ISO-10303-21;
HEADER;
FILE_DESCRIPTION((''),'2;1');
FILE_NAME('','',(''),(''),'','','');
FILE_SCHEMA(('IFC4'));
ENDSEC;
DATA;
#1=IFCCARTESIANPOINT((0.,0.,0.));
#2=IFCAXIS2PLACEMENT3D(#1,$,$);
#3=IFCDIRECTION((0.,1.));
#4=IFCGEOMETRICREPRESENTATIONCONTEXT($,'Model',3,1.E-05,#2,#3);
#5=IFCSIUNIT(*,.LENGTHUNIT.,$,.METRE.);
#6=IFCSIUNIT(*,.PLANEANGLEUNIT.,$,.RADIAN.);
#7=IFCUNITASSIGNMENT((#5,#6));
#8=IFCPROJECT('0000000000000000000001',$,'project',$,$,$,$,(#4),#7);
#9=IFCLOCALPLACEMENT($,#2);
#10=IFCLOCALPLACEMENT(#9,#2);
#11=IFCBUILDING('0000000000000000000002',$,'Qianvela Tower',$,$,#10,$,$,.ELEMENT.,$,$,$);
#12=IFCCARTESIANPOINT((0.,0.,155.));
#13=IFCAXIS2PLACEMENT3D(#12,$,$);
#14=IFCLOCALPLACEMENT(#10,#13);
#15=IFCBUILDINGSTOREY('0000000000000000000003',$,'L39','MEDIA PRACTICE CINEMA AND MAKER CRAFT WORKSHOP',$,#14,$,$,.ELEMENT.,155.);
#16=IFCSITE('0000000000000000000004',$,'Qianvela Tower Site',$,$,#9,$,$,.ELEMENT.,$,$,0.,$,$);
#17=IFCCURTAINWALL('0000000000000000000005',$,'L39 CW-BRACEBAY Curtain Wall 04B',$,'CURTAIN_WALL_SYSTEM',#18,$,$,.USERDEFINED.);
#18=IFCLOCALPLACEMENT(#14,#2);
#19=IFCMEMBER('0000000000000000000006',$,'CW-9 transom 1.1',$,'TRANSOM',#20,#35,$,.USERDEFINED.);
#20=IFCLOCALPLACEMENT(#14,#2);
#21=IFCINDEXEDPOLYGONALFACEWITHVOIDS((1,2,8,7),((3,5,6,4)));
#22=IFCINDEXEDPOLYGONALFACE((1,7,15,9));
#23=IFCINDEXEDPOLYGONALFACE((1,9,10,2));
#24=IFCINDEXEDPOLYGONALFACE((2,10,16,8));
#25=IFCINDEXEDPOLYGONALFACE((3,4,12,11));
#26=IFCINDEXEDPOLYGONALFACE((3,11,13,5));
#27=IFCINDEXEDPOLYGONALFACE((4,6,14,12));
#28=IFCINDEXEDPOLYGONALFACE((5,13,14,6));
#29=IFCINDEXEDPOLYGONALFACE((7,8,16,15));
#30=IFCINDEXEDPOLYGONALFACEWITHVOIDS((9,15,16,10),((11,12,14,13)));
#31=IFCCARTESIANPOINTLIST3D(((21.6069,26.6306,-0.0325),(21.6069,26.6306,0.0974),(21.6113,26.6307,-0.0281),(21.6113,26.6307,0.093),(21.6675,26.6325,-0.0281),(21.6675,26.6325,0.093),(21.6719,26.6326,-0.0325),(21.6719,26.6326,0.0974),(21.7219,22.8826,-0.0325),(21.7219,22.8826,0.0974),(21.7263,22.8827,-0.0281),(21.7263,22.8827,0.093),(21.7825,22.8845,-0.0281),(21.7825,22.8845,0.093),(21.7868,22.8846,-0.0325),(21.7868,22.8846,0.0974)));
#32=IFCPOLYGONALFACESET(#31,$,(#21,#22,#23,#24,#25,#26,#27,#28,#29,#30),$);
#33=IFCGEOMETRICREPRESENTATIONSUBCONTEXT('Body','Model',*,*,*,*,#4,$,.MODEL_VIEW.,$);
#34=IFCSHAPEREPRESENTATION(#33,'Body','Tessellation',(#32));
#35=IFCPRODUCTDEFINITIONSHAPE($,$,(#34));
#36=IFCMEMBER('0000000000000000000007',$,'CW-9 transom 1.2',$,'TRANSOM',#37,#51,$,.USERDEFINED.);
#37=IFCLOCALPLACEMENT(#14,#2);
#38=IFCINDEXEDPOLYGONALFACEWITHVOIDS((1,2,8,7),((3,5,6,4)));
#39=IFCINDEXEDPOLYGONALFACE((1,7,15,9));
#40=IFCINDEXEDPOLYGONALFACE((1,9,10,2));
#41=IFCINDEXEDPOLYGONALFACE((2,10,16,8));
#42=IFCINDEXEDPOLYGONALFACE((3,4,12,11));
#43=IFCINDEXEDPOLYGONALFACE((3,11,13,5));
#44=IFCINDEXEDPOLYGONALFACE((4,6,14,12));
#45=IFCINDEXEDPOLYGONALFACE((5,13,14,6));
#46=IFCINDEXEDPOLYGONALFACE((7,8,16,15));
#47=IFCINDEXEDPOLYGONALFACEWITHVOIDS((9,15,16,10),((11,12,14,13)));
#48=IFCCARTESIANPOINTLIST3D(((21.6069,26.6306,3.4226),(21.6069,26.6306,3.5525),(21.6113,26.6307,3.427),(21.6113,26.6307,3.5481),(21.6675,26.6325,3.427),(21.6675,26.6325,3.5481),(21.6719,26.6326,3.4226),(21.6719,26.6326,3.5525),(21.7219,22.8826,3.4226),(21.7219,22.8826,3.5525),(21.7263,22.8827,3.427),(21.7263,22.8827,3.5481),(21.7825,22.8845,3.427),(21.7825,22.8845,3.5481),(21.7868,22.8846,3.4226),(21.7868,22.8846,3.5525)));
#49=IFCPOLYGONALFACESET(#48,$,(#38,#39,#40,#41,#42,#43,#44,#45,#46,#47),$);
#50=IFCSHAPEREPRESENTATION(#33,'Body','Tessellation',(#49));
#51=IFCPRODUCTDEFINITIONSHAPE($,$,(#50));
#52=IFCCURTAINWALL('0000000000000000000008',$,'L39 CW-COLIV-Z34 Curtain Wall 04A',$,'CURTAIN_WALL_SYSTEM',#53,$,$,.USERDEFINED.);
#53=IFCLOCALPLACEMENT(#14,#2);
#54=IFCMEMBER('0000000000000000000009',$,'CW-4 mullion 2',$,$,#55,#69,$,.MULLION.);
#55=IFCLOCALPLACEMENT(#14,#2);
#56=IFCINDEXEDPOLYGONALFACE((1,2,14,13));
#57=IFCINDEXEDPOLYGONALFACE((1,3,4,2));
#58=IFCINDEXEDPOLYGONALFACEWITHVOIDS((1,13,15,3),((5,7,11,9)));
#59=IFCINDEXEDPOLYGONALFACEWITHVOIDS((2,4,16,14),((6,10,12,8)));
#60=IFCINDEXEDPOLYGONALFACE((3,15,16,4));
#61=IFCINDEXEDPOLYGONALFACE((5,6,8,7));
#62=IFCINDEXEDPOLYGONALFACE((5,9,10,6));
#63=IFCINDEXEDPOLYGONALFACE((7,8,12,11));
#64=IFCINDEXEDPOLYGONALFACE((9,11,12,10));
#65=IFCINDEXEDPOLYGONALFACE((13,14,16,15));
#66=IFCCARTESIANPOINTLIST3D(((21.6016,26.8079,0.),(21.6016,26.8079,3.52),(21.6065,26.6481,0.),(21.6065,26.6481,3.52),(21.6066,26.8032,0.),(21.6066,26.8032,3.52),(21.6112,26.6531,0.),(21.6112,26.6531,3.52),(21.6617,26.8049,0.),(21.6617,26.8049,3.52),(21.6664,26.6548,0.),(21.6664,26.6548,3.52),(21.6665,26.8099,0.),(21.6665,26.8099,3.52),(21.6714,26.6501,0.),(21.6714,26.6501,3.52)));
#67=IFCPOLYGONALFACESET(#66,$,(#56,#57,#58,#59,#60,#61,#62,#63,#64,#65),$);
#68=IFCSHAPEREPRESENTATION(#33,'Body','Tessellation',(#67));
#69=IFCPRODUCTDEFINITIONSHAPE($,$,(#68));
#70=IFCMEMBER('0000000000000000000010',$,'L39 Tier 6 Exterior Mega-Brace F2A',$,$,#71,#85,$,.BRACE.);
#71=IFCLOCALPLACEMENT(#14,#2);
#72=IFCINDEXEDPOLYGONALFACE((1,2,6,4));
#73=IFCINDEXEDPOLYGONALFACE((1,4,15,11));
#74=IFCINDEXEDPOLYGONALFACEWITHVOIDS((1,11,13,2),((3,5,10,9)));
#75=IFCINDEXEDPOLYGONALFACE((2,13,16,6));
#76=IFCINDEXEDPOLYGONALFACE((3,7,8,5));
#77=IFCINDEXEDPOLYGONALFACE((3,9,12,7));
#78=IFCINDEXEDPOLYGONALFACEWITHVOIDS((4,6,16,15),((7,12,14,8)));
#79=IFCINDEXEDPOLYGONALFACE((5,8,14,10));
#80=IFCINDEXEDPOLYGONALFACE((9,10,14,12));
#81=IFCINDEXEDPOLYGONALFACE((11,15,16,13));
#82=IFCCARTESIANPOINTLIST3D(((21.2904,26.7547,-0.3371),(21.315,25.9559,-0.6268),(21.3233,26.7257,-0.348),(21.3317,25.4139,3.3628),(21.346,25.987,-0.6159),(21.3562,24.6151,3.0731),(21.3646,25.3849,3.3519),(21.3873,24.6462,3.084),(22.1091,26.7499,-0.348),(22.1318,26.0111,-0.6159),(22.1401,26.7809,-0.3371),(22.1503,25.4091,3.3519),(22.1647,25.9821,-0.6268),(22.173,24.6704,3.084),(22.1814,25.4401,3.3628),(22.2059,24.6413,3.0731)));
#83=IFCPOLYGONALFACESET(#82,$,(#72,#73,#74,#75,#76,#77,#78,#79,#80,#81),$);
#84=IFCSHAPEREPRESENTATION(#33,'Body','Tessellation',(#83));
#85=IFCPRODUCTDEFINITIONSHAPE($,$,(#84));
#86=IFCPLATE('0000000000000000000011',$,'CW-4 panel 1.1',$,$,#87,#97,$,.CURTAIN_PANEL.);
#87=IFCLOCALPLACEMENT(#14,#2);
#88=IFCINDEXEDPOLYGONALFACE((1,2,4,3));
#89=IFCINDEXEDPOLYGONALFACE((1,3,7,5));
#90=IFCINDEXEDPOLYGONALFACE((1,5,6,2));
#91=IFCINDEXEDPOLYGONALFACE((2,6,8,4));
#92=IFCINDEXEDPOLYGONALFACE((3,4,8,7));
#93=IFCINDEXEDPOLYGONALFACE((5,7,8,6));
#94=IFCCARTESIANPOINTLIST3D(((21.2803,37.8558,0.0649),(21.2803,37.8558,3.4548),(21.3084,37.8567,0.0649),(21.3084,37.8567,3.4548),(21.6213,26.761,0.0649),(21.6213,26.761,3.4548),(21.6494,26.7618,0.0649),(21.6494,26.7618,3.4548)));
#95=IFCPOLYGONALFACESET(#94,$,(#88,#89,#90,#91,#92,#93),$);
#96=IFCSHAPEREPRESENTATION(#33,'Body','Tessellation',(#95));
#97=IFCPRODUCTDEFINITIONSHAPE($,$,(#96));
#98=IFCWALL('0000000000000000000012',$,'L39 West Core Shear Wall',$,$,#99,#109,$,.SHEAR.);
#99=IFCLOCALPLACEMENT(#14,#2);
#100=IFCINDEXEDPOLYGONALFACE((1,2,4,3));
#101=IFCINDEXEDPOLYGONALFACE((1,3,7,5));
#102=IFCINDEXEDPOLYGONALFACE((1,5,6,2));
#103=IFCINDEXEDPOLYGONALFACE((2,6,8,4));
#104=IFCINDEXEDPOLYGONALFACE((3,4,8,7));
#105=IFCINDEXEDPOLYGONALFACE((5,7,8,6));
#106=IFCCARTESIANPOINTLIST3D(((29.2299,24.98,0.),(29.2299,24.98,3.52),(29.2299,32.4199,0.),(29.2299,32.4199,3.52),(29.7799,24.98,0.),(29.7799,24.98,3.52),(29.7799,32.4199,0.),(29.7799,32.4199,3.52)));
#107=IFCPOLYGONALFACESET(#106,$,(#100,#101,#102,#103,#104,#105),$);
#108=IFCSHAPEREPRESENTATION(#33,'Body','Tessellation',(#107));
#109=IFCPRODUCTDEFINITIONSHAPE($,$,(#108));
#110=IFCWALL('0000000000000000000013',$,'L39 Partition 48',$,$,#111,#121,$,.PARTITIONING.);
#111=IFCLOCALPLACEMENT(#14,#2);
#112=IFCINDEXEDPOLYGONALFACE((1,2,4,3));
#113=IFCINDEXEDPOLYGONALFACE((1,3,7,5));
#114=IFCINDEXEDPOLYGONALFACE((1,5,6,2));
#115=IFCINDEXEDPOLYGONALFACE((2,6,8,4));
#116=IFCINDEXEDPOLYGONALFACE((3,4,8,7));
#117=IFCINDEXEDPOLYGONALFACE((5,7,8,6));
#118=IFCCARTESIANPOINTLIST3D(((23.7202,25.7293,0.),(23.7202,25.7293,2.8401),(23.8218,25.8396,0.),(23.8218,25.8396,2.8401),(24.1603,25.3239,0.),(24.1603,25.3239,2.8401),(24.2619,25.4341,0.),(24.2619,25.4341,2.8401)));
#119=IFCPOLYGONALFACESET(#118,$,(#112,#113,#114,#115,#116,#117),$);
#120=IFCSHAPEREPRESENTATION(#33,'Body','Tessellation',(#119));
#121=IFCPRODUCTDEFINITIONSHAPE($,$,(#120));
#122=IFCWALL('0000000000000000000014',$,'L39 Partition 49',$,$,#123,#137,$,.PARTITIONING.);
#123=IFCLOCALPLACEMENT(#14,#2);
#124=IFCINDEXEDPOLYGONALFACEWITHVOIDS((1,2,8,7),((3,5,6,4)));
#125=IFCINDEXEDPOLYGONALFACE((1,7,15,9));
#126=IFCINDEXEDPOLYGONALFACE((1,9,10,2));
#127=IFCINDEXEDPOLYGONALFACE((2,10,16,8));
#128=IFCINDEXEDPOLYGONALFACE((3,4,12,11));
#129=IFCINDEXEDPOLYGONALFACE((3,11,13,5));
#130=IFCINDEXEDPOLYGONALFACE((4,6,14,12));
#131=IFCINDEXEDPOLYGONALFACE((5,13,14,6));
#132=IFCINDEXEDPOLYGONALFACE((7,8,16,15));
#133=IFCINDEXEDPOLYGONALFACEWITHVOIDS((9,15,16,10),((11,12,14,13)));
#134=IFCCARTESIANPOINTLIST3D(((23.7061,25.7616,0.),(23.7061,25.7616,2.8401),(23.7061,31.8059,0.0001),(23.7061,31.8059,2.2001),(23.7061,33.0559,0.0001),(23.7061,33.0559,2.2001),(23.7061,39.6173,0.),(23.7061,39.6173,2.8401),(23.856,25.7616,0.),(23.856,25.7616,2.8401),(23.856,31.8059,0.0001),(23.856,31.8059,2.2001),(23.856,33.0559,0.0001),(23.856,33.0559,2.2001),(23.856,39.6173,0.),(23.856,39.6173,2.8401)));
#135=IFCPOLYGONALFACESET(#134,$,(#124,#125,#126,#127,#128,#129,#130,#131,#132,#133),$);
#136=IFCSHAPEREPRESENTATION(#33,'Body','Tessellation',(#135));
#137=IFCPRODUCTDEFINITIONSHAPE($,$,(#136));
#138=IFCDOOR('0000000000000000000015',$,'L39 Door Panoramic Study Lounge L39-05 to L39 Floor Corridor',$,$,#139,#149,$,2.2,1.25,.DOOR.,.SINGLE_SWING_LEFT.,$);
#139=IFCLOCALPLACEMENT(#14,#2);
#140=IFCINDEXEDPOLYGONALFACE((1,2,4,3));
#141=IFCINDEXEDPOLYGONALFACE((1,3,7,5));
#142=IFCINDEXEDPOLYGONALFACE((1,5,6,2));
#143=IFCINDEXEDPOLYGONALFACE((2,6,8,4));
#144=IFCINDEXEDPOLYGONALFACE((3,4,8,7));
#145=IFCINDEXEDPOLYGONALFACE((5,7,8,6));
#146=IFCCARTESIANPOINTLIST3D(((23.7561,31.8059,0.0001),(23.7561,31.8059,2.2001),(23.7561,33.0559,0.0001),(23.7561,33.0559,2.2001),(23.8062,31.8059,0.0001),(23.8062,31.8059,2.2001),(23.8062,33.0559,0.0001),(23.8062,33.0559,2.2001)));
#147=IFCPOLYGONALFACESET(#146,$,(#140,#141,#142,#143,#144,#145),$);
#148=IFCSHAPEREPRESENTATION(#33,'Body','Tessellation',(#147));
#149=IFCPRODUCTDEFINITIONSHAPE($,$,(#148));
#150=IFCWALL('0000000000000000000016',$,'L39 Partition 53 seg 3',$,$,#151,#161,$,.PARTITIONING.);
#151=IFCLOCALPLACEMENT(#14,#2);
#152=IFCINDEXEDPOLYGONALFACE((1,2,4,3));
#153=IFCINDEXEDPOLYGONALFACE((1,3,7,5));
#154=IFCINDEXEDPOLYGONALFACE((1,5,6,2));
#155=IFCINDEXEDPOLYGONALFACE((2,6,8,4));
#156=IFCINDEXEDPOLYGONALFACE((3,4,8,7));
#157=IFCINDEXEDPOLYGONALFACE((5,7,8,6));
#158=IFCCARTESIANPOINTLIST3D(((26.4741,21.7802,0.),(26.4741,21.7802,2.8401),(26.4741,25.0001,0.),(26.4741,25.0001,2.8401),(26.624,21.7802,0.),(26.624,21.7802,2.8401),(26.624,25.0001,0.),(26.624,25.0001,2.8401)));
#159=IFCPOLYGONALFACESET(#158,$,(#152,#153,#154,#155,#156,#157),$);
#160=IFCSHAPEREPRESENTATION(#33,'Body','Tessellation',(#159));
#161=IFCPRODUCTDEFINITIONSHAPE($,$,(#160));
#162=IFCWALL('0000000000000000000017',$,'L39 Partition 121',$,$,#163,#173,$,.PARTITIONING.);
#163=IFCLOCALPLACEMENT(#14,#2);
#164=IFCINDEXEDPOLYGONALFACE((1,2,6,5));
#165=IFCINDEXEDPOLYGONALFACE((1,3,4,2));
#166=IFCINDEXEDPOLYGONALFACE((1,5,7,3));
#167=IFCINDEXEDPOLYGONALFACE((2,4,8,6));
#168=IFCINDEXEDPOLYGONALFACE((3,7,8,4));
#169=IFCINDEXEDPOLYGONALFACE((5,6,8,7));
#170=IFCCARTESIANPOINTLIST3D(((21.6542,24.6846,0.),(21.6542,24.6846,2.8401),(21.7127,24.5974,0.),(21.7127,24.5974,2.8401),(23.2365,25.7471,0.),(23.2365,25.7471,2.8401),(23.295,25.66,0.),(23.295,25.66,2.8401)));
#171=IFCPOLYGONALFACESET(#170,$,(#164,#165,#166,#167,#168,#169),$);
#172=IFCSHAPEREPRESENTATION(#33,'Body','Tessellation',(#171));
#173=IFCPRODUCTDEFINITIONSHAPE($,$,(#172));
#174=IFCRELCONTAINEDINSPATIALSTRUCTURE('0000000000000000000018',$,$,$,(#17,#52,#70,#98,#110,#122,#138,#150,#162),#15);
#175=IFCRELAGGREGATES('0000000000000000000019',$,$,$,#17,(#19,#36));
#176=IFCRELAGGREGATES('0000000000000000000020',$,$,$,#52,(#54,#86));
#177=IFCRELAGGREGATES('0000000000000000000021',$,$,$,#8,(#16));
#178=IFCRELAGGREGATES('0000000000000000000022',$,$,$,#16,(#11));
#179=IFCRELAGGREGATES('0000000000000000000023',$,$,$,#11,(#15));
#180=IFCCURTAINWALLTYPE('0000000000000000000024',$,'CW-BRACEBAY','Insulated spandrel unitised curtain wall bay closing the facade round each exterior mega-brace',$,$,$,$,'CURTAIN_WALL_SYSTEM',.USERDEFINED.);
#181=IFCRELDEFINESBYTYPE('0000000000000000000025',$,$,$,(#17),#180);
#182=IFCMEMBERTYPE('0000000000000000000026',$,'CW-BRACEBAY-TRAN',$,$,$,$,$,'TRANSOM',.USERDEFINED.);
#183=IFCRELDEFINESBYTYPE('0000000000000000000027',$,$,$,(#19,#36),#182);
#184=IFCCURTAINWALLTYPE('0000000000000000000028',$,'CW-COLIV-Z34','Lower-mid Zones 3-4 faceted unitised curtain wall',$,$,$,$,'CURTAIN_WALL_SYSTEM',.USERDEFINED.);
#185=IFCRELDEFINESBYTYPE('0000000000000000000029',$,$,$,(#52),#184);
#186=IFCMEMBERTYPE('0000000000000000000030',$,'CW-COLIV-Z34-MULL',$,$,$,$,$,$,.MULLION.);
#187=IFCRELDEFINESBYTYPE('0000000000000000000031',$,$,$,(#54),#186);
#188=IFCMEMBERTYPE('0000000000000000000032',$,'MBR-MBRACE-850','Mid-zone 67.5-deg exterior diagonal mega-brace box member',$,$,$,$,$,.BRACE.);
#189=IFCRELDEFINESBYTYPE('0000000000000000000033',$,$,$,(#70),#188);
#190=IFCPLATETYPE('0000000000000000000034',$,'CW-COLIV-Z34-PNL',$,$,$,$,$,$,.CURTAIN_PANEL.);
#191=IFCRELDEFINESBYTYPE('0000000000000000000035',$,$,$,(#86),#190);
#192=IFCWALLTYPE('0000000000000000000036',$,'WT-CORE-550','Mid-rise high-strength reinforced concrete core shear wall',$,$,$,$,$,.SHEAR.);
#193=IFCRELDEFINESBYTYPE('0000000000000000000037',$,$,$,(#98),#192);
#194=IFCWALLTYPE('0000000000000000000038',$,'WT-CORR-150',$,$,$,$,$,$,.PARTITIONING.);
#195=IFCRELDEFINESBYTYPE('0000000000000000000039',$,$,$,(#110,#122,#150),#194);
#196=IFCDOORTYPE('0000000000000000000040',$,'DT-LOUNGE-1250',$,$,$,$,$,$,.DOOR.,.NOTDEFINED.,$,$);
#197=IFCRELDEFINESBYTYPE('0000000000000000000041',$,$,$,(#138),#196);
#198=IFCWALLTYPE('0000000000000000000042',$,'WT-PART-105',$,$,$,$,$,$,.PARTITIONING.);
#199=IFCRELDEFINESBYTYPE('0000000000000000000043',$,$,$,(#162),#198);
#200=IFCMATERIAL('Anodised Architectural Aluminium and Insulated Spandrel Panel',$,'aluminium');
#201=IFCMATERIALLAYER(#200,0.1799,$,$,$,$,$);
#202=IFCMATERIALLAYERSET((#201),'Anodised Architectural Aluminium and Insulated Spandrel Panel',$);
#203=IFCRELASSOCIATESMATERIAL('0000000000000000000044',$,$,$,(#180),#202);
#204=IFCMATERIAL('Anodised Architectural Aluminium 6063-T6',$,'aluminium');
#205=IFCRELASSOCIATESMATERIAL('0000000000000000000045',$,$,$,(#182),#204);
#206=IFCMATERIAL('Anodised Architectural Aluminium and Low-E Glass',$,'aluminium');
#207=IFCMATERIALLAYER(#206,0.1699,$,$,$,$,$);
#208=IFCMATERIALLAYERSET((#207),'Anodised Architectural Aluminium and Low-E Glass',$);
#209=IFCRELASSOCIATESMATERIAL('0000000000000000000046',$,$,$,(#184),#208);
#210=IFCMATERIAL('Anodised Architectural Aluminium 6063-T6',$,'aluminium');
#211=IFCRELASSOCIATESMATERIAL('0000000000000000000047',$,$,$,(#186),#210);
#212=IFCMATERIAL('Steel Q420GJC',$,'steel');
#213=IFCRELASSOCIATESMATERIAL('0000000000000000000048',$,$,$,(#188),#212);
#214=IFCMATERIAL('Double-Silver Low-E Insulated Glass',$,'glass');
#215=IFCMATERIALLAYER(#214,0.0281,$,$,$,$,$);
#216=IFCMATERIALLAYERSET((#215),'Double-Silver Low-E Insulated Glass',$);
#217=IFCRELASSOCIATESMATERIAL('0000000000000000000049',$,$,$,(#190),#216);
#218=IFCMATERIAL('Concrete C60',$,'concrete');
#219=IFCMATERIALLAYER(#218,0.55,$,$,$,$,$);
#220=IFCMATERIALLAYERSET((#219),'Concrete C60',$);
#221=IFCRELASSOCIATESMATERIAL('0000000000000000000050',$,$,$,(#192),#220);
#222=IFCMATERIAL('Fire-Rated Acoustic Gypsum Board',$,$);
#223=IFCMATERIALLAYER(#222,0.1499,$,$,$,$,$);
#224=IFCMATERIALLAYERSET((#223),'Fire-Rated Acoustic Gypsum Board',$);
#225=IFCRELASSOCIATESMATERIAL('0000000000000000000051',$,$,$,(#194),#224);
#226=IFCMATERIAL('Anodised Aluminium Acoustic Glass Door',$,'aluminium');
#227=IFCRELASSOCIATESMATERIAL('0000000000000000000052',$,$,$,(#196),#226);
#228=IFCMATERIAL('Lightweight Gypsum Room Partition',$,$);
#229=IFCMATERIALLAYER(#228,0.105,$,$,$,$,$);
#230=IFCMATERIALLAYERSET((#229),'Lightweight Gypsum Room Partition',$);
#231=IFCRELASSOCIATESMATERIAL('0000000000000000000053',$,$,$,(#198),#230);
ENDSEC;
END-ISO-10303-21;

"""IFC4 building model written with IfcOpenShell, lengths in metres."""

from ifc_helpers import new_model, si_unit, direction, frame, frame_2d, origin, origin_2d, place, context, subcontext, project, spatial, rectangle, hollow_rectangle, extrude, material, layer, layer_set, material_profile, profile_set, type_object, element, fill, aggregate, save


model = new_model("IFC4")

# Units and contexts
model_context = context("Model", 3, precision=1e-05, world=origin(), true_north=direction((0.0, 1.0)))
body_context = subcontext(model_context, "Body", "Model", "MODEL_VIEW")
ifc_project = project(units=[si_unit("LENGTHUNIT", "METRE"), si_unit("PLANEANGLEUNIT", "RADIAN")], contexts=[model_context])

# Site, building, storey
site_placement = place(None, origin())
site = spatial("IfcSite", under=ifc_project, at=site_placement, Name="Qianvela Tower Site", CompositionType="ELEMENT", RefElevation=0.0)
building_placement = place(site_placement, origin())
building = spatial("IfcBuilding", under=site, at=building_placement, Name="Qianvela Tower", CompositionType="ELEMENT")
storey_placement = place(building_placement, frame((0.0, 0.0, 155.0)))
storey = spatial("IfcBuildingStorey", under=building, at=storey_placement, Name="L39", Description="MEDIA PRACTICE CINEMA AND MAKER CRAFT WORKSHOP", CompositionType="ELEMENT", Elevation=155.0)

# Curtain wall, members
ifc_material_1 = material(Name="Anodised Architectural Aluminium and Insulated Spandrel Panel", Category="aluminium")
ifc_layer_1 = layer(ifc_material_1, 0.1799)
ifc_layer_set_1 = layer_set([ifc_layer_1], Name="Anodised Architectural Aluminium and Insulated Spandrel Panel")
curtain_wall_type_1 = type_object("IfcCurtainWallType", Name="CW-BRACEBAY", Description="Insulated spandrel unitised curtain wall bay closing the facade round each exterior mega-brace", ElementType="CURTAIN_WALL_SYSTEM", PredefinedType="USERDEFINED", material=ifc_layer_set_1)
curtain_wall_1_placement = place(storey_placement, origin())
curtain_wall_1 = element("IfcCurtainWall", 1, at=curtain_wall_1_placement, inside=storey, type_object=curtain_wall_type_1, Name="L39 CW-BRACEBAY Curtain Wall 04B", ObjectType="CURTAIN_WALL_SYSTEM", PredefinedType="USERDEFINED")
ifc_material_2 = material(Name="Anodised Architectural Aluminium 6063-T6", Category="aluminium")
ifc_material_profile_1 = material_profile(ifc_material_2, hollow_rectangle(XDim=0.0649, YDim=0.1299, WallThickness=0.0044, at=origin_2d()), Name="ALU-TRAN-65x130")
ifc_profile_set_1 = profile_set([ifc_material_profile_1], Name="Anodised Architectural Aluminium 6063-T6")
member_type_1 = type_object("IfcMemberType", Name="CW-BRACEBAY-TRAN", ElementType="TRANSOM", PredefinedType="USERDEFINED", material=ifc_profile_set_1)
member_1_placement = place(storey_placement, frame((21.6394, 26.6316, 0.0325), z_axis=(0.030666, -0.99953, 0.0), x_axis=(0.99953, 0.030666, 0.0)))
member_1 = element("IfcMember", 2, at=member_1_placement, type_object=member_type_1, Name="CW-9 transom 1.1", ObjectType="TRANSOM", PredefinedType="USERDEFINED", context=body_context, shape_type="SweptSolid", body=[
    extrude(hollow_rectangle(XDim=0.0649, YDim=0.1299, WallThickness=0.0044, at=origin_2d()), origin(), (0.0, 0.0, 1.0), 3.7498),
])
member_2_placement = place(storey_placement, frame((21.6394, 26.6316, 3.4875), z_axis=(0.030666, -0.99953, 0.0), x_axis=(0.99953, 0.030666, 0.0)))
member_2 = element("IfcMember", 3, at=member_2_placement, type_object=member_type_1, Name="CW-9 transom 1.2", ObjectType="TRANSOM", PredefinedType="USERDEFINED", context=body_context, shape_type="SweptSolid", body=[
    extrude(hollow_rectangle(XDim=0.0649, YDim=0.1299, WallThickness=0.0044, at=origin_2d()), origin(), (0.0, 0.0, 1.0), 3.7498),
])
aggregate(curtain_wall_1, [member_1, member_2])

# Curtain wall, member
ifc_material_3 = material(Name="Anodised Architectural Aluminium and Low-E Glass", Category="aluminium")
ifc_layer_2 = layer(ifc_material_3, 0.1699)
ifc_layer_set_2 = layer_set([ifc_layer_2], Name="Anodised Architectural Aluminium and Low-E Glass")
curtain_wall_type_2 = type_object("IfcCurtainWallType", Name="CW-COLIV-Z34", Description="Lower-mid Zones 3-4 faceted unitised curtain wall", ElementType="CURTAIN_WALL_SYSTEM", PredefinedType="USERDEFINED", material=ifc_layer_set_2)
curtain_wall_2_placement = place(storey_placement, origin())
curtain_wall_2 = element("IfcCurtainWall", 4, at=curtain_wall_2_placement, inside=storey, type_object=curtain_wall_type_2, Name="L39 CW-COLIV-Z34 Curtain Wall 04A", ObjectType="CURTAIN_WALL_SYSTEM", PredefinedType="USERDEFINED")
ifc_material_4 = material(Name="Anodised Architectural Aluminium 6063-T6", Category="aluminium")
ifc_material_profile_2 = material_profile(ifc_material_4, hollow_rectangle(XDim=0.0649, YDim=0.1599, WallThickness=0.0049, at=origin_2d()), Name="ALU-MULL-65x160")
ifc_profile_set_2 = profile_set([ifc_material_profile_2], Name="Anodised Architectural Aluminium 6063-T6")
member_type_2 = type_object("IfcMemberType", Name="CW-COLIV-Z34-MULL", PredefinedType="MULLION", material=ifc_profile_set_2)
member_3_placement = place(storey_placement, frame((21.6365, 26.729, 0.0), z_axis=(0.0, 0.0, 1.0), x_axis=(0.999528, 0.030721, 0.0)))
member_3 = element("IfcMember", 5, at=member_3_placement, type_object=member_type_2, Name="CW-4 mullion 2", PredefinedType="MULLION", context=body_context, shape_type="SweptSolid", body=[
    extrude(hollow_rectangle(XDim=0.0649, YDim=0.1599, WallThickness=0.0049, at=origin_2d()), origin(), (0.0, 0.0, 1.0), 3.52),
])

# Member
ifc_material_5 = material(Name="Steel Q420GJC", Category="steel")
ifc_material_profile_3 = material_profile(ifc_material_5, hollow_rectangle(XDim=0.8501, YDim=0.8501, WallThickness=0.032, at=origin_2d()), Name="MBOX-850x850x32")
ifc_profile_set_3 = profile_set([ifc_material_profile_3], Name="Steel Q420GJC")
member_type_3 = type_object("IfcMemberType", Name="MBR-MBRACE-850", Description="Mid-zone 67.5-deg exterior diagonal mega-brace box member", PredefinedType="BRACE", material=ifc_profile_set_3)
member_4_placement = place(storey_placement, frame((21.7275, 26.3684, -0.4819), z_axis=(0.010484, -0.340688, 0.940118), x_axis=(0.999527, 0.030757, 0.0)))
element("IfcMember", 6, at=member_4_placement, inside=storey, type_object=member_type_3, Name="L39 Tier 6 Exterior Mega-Brace F2A", PredefinedType="BRACE", context=body_context, shape_type="SweptSolid", body=[
    extrude(hollow_rectangle(XDim=0.8501, YDim=0.8501, WallThickness=0.032, at=origin_2d()), origin(), (0.0, 0.0, 1.0), 3.9355),
])

# Plate
ifc_material_6 = material(Name="Double-Silver Low-E Insulated Glass", Category="glass")
ifc_layer_3 = layer(ifc_material_6, 0.0281)
ifc_layer_set_3 = layer_set([ifc_layer_3], Name="Double-Silver Low-E Insulated Glass")
plate_type = type_object("IfcPlateType", Name="CW-COLIV-Z34-PNL", PredefinedType="CURTAIN_PANEL", material=ifc_layer_set_3)
plate_placement = place(storey_placement, frame((21.4648, 32.3088, 0.0649), z_axis=(0.0, 0.0, 1.0), x_axis=(0.030721, -0.999528, 0.0)))
plate = element("IfcPlate", 7, at=plate_placement, type_object=plate_type, Name="CW-4 panel 1.1", PredefinedType="CURTAIN_PANEL", context=body_context, shape_type="SweptSolid", body=[
    extrude(rectangle(XDim=11.1001, YDim=0.0281, at=origin_2d()), origin(), (0.0, 0.0, 1.0), 3.3899),
])
aggregate(curtain_wall_2, [member_3, plate])

# Walls
ifc_material_7 = material(Name="Concrete C60", Category="concrete")
ifc_layer_4 = layer(ifc_material_7, 0.55)
ifc_layer_set_4 = layer_set([ifc_layer_4], Name="Concrete C60")
wall_type_1 = type_object("IfcWallType", Name="WT-CORE-550", Description="Mid-rise high-strength reinforced concrete core shear wall", PredefinedType="SHEAR", material=ifc_layer_set_4)
wall_1_placement = place(storey_placement, frame((29.5049, 24.98, 0.0), z_axis=(0.0, 0.0, 1.0), x_axis=(0.0, 1.0, 0.0)))
element("IfcWall", 8, at=wall_1_placement, inside=storey, type_object=wall_type_1, Name="L39 West Core Shear Wall", PredefinedType="SHEAR", context=body_context, shape_type="SweptSolid", body=[
    extrude(rectangle(XDim=7.4399, YDim=0.55, at=frame_2d((3.72, 0.0))), origin(), (0.0, 0.0, 1.0), 3.52),
])
ifc_material_8 = material(Name="Fire-Rated Acoustic Gypsum Board")
ifc_layer_5 = layer(ifc_material_8, 0.1499)
ifc_layer_set_5 = layer_set([ifc_layer_5], Name="Fire-Rated Acoustic Gypsum Board")
wall_type_2 = type_object("IfcWallType", Name="WT-CORR-150", PredefinedType="PARTITIONING", material=ifc_layer_set_5)
wall_2_placement = place(storey_placement, frame((24.2112, 25.3789, 0.0), z_axis=(0.0, 0.0, 1.0), x_axis=(-0.735476, 0.677551, 0.0)))
element("IfcWall", 9, at=wall_2_placement, inside=storey, type_object=wall_type_2, Name="L39 Partition 48", PredefinedType="PARTITIONING", context=body_context, shape_type="SweptSolid", body=[
    extrude(rectangle(XDim=0.5984, YDim=0.1499, at=frame_2d((0.2993, 0.0))), origin(), (0.0, 0.0, 1.0), 2.8401),
])

# Wall, opening, door
wall_3_placement = place(storey_placement, frame((23.781, 25.7617, 0.0), z_axis=(0.0, 0.0, 1.0), x_axis=(0.0, 1.0, 0.0)))
wall_3 = element("IfcWall", 10, at=wall_3_placement, inside=storey, type_object=wall_type_2, Name="L39 Partition 49", PredefinedType="PARTITIONING", context=body_context, shape_type="SweptSolid", body=[
    extrude(rectangle(XDim=13.8557, YDim=0.1499, at=frame_2d((6.9277, 0.0))), origin(), (0.0, 0.0, 1.0), 2.8401),
])
opening_1_placement = place(wall_3_placement, frame((6.0442, 0.0, 0.0)))
opening_1 = element("IfcOpeningElement", 11, at=opening_1_placement, cuts=wall_3, PredefinedType="OPENING", context=body_context, shape_type="SweptSolid", body=[
    extrude(rectangle(XDim=1.25, YDim=2.2, at=frame_2d((0.625, 1.1001))), frame((0.0, 0.085, 0.0), z_axis=(0.0, -1.0, 0.0), x_axis=(1.0, 0.0, 0.0)), (0.0, 0.0, 1.0), 0.1699),
])
ifc_material_9 = material(Name="Anodised Aluminium Acoustic Glass Door", Category="aluminium")
door_type_1 = type_object("IfcDoorType", Name="DT-LOUNGE-1250", OperationType="NOTDEFINED", PredefinedType="DOOR", material=ifc_material_9)
door_1_placement = place(opening_1_placement, origin())
door_1 = element("IfcDoor", 12, at=door_1_placement, inside=storey, type_object=door_type_1, Name="L39 Door Panoramic Study Lounge L39-05 to L39 Floor Corridor", OperationType="SINGLE_SWING_LEFT", OverallHeight=2.2, OverallWidth=1.25, PredefinedType="DOOR", context=body_context, shape_type="SweptSolid", body=[
    extrude(rectangle(XDim=1.25, YDim=2.2, at=frame_2d((0.625, 1.1001))), frame((0.0, 0.0249, 0.0), z_axis=(0.0, -1.0, 0.0), x_axis=(1.0, 0.0, 0.0)), (0.0, 0.0, 1.0), 0.05),
])
fill(opening_1, door_1)

# Walls
wall_4_placement = place(storey_placement, frame((26.5491, 25.0, 0.0), z_axis=(0.0, 0.0, 1.0), x_axis=(0.0, -1.0, 0.0)))
element("IfcWall", 13, at=wall_4_placement, inside=storey, type_object=wall_type_2, Name="L39 Partition 53 seg 3", PredefinedType="PARTITIONING", context=body_context, shape_type="SweptSolid", body=[
    extrude(rectangle(XDim=3.22, YDim=0.1499, at=frame_2d((1.6099, 0.0))), origin(), (0.0, 0.0, 1.0), 2.8401),
])
ifc_material_10 = material(Name="Lightweight Gypsum Room Partition")
ifc_layer_6 = layer(ifc_material_10, 0.105)
ifc_layer_set_6 = layer_set([ifc_layer_6], Name="Lightweight Gypsum Room Partition")
wall_type_3 = type_object("IfcWallType", Name="WT-PART-105", PredefinedType="PARTITIONING", material=ifc_layer_set_6)
wall_5_placement = place(storey_placement, frame((23.2659, 25.7036, 0.0), z_axis=(0.0, 0.0, 1.0), x_axis=(-0.830193, -0.557476, 0.0)))
element("IfcWall", 14, at=wall_5_placement, inside=storey, type_object=wall_type_3, Name="L39 Partition 121", PredefinedType="PARTITIONING", context=body_context, shape_type="SweptSolid", body=[
    extrude(rectangle(XDim=1.906, YDim=0.105, at=frame_2d((0.9531, 0.0))), origin(), (0.0, 0.0, 1.0), 2.8401),
])

save(model, "model.ifc")
